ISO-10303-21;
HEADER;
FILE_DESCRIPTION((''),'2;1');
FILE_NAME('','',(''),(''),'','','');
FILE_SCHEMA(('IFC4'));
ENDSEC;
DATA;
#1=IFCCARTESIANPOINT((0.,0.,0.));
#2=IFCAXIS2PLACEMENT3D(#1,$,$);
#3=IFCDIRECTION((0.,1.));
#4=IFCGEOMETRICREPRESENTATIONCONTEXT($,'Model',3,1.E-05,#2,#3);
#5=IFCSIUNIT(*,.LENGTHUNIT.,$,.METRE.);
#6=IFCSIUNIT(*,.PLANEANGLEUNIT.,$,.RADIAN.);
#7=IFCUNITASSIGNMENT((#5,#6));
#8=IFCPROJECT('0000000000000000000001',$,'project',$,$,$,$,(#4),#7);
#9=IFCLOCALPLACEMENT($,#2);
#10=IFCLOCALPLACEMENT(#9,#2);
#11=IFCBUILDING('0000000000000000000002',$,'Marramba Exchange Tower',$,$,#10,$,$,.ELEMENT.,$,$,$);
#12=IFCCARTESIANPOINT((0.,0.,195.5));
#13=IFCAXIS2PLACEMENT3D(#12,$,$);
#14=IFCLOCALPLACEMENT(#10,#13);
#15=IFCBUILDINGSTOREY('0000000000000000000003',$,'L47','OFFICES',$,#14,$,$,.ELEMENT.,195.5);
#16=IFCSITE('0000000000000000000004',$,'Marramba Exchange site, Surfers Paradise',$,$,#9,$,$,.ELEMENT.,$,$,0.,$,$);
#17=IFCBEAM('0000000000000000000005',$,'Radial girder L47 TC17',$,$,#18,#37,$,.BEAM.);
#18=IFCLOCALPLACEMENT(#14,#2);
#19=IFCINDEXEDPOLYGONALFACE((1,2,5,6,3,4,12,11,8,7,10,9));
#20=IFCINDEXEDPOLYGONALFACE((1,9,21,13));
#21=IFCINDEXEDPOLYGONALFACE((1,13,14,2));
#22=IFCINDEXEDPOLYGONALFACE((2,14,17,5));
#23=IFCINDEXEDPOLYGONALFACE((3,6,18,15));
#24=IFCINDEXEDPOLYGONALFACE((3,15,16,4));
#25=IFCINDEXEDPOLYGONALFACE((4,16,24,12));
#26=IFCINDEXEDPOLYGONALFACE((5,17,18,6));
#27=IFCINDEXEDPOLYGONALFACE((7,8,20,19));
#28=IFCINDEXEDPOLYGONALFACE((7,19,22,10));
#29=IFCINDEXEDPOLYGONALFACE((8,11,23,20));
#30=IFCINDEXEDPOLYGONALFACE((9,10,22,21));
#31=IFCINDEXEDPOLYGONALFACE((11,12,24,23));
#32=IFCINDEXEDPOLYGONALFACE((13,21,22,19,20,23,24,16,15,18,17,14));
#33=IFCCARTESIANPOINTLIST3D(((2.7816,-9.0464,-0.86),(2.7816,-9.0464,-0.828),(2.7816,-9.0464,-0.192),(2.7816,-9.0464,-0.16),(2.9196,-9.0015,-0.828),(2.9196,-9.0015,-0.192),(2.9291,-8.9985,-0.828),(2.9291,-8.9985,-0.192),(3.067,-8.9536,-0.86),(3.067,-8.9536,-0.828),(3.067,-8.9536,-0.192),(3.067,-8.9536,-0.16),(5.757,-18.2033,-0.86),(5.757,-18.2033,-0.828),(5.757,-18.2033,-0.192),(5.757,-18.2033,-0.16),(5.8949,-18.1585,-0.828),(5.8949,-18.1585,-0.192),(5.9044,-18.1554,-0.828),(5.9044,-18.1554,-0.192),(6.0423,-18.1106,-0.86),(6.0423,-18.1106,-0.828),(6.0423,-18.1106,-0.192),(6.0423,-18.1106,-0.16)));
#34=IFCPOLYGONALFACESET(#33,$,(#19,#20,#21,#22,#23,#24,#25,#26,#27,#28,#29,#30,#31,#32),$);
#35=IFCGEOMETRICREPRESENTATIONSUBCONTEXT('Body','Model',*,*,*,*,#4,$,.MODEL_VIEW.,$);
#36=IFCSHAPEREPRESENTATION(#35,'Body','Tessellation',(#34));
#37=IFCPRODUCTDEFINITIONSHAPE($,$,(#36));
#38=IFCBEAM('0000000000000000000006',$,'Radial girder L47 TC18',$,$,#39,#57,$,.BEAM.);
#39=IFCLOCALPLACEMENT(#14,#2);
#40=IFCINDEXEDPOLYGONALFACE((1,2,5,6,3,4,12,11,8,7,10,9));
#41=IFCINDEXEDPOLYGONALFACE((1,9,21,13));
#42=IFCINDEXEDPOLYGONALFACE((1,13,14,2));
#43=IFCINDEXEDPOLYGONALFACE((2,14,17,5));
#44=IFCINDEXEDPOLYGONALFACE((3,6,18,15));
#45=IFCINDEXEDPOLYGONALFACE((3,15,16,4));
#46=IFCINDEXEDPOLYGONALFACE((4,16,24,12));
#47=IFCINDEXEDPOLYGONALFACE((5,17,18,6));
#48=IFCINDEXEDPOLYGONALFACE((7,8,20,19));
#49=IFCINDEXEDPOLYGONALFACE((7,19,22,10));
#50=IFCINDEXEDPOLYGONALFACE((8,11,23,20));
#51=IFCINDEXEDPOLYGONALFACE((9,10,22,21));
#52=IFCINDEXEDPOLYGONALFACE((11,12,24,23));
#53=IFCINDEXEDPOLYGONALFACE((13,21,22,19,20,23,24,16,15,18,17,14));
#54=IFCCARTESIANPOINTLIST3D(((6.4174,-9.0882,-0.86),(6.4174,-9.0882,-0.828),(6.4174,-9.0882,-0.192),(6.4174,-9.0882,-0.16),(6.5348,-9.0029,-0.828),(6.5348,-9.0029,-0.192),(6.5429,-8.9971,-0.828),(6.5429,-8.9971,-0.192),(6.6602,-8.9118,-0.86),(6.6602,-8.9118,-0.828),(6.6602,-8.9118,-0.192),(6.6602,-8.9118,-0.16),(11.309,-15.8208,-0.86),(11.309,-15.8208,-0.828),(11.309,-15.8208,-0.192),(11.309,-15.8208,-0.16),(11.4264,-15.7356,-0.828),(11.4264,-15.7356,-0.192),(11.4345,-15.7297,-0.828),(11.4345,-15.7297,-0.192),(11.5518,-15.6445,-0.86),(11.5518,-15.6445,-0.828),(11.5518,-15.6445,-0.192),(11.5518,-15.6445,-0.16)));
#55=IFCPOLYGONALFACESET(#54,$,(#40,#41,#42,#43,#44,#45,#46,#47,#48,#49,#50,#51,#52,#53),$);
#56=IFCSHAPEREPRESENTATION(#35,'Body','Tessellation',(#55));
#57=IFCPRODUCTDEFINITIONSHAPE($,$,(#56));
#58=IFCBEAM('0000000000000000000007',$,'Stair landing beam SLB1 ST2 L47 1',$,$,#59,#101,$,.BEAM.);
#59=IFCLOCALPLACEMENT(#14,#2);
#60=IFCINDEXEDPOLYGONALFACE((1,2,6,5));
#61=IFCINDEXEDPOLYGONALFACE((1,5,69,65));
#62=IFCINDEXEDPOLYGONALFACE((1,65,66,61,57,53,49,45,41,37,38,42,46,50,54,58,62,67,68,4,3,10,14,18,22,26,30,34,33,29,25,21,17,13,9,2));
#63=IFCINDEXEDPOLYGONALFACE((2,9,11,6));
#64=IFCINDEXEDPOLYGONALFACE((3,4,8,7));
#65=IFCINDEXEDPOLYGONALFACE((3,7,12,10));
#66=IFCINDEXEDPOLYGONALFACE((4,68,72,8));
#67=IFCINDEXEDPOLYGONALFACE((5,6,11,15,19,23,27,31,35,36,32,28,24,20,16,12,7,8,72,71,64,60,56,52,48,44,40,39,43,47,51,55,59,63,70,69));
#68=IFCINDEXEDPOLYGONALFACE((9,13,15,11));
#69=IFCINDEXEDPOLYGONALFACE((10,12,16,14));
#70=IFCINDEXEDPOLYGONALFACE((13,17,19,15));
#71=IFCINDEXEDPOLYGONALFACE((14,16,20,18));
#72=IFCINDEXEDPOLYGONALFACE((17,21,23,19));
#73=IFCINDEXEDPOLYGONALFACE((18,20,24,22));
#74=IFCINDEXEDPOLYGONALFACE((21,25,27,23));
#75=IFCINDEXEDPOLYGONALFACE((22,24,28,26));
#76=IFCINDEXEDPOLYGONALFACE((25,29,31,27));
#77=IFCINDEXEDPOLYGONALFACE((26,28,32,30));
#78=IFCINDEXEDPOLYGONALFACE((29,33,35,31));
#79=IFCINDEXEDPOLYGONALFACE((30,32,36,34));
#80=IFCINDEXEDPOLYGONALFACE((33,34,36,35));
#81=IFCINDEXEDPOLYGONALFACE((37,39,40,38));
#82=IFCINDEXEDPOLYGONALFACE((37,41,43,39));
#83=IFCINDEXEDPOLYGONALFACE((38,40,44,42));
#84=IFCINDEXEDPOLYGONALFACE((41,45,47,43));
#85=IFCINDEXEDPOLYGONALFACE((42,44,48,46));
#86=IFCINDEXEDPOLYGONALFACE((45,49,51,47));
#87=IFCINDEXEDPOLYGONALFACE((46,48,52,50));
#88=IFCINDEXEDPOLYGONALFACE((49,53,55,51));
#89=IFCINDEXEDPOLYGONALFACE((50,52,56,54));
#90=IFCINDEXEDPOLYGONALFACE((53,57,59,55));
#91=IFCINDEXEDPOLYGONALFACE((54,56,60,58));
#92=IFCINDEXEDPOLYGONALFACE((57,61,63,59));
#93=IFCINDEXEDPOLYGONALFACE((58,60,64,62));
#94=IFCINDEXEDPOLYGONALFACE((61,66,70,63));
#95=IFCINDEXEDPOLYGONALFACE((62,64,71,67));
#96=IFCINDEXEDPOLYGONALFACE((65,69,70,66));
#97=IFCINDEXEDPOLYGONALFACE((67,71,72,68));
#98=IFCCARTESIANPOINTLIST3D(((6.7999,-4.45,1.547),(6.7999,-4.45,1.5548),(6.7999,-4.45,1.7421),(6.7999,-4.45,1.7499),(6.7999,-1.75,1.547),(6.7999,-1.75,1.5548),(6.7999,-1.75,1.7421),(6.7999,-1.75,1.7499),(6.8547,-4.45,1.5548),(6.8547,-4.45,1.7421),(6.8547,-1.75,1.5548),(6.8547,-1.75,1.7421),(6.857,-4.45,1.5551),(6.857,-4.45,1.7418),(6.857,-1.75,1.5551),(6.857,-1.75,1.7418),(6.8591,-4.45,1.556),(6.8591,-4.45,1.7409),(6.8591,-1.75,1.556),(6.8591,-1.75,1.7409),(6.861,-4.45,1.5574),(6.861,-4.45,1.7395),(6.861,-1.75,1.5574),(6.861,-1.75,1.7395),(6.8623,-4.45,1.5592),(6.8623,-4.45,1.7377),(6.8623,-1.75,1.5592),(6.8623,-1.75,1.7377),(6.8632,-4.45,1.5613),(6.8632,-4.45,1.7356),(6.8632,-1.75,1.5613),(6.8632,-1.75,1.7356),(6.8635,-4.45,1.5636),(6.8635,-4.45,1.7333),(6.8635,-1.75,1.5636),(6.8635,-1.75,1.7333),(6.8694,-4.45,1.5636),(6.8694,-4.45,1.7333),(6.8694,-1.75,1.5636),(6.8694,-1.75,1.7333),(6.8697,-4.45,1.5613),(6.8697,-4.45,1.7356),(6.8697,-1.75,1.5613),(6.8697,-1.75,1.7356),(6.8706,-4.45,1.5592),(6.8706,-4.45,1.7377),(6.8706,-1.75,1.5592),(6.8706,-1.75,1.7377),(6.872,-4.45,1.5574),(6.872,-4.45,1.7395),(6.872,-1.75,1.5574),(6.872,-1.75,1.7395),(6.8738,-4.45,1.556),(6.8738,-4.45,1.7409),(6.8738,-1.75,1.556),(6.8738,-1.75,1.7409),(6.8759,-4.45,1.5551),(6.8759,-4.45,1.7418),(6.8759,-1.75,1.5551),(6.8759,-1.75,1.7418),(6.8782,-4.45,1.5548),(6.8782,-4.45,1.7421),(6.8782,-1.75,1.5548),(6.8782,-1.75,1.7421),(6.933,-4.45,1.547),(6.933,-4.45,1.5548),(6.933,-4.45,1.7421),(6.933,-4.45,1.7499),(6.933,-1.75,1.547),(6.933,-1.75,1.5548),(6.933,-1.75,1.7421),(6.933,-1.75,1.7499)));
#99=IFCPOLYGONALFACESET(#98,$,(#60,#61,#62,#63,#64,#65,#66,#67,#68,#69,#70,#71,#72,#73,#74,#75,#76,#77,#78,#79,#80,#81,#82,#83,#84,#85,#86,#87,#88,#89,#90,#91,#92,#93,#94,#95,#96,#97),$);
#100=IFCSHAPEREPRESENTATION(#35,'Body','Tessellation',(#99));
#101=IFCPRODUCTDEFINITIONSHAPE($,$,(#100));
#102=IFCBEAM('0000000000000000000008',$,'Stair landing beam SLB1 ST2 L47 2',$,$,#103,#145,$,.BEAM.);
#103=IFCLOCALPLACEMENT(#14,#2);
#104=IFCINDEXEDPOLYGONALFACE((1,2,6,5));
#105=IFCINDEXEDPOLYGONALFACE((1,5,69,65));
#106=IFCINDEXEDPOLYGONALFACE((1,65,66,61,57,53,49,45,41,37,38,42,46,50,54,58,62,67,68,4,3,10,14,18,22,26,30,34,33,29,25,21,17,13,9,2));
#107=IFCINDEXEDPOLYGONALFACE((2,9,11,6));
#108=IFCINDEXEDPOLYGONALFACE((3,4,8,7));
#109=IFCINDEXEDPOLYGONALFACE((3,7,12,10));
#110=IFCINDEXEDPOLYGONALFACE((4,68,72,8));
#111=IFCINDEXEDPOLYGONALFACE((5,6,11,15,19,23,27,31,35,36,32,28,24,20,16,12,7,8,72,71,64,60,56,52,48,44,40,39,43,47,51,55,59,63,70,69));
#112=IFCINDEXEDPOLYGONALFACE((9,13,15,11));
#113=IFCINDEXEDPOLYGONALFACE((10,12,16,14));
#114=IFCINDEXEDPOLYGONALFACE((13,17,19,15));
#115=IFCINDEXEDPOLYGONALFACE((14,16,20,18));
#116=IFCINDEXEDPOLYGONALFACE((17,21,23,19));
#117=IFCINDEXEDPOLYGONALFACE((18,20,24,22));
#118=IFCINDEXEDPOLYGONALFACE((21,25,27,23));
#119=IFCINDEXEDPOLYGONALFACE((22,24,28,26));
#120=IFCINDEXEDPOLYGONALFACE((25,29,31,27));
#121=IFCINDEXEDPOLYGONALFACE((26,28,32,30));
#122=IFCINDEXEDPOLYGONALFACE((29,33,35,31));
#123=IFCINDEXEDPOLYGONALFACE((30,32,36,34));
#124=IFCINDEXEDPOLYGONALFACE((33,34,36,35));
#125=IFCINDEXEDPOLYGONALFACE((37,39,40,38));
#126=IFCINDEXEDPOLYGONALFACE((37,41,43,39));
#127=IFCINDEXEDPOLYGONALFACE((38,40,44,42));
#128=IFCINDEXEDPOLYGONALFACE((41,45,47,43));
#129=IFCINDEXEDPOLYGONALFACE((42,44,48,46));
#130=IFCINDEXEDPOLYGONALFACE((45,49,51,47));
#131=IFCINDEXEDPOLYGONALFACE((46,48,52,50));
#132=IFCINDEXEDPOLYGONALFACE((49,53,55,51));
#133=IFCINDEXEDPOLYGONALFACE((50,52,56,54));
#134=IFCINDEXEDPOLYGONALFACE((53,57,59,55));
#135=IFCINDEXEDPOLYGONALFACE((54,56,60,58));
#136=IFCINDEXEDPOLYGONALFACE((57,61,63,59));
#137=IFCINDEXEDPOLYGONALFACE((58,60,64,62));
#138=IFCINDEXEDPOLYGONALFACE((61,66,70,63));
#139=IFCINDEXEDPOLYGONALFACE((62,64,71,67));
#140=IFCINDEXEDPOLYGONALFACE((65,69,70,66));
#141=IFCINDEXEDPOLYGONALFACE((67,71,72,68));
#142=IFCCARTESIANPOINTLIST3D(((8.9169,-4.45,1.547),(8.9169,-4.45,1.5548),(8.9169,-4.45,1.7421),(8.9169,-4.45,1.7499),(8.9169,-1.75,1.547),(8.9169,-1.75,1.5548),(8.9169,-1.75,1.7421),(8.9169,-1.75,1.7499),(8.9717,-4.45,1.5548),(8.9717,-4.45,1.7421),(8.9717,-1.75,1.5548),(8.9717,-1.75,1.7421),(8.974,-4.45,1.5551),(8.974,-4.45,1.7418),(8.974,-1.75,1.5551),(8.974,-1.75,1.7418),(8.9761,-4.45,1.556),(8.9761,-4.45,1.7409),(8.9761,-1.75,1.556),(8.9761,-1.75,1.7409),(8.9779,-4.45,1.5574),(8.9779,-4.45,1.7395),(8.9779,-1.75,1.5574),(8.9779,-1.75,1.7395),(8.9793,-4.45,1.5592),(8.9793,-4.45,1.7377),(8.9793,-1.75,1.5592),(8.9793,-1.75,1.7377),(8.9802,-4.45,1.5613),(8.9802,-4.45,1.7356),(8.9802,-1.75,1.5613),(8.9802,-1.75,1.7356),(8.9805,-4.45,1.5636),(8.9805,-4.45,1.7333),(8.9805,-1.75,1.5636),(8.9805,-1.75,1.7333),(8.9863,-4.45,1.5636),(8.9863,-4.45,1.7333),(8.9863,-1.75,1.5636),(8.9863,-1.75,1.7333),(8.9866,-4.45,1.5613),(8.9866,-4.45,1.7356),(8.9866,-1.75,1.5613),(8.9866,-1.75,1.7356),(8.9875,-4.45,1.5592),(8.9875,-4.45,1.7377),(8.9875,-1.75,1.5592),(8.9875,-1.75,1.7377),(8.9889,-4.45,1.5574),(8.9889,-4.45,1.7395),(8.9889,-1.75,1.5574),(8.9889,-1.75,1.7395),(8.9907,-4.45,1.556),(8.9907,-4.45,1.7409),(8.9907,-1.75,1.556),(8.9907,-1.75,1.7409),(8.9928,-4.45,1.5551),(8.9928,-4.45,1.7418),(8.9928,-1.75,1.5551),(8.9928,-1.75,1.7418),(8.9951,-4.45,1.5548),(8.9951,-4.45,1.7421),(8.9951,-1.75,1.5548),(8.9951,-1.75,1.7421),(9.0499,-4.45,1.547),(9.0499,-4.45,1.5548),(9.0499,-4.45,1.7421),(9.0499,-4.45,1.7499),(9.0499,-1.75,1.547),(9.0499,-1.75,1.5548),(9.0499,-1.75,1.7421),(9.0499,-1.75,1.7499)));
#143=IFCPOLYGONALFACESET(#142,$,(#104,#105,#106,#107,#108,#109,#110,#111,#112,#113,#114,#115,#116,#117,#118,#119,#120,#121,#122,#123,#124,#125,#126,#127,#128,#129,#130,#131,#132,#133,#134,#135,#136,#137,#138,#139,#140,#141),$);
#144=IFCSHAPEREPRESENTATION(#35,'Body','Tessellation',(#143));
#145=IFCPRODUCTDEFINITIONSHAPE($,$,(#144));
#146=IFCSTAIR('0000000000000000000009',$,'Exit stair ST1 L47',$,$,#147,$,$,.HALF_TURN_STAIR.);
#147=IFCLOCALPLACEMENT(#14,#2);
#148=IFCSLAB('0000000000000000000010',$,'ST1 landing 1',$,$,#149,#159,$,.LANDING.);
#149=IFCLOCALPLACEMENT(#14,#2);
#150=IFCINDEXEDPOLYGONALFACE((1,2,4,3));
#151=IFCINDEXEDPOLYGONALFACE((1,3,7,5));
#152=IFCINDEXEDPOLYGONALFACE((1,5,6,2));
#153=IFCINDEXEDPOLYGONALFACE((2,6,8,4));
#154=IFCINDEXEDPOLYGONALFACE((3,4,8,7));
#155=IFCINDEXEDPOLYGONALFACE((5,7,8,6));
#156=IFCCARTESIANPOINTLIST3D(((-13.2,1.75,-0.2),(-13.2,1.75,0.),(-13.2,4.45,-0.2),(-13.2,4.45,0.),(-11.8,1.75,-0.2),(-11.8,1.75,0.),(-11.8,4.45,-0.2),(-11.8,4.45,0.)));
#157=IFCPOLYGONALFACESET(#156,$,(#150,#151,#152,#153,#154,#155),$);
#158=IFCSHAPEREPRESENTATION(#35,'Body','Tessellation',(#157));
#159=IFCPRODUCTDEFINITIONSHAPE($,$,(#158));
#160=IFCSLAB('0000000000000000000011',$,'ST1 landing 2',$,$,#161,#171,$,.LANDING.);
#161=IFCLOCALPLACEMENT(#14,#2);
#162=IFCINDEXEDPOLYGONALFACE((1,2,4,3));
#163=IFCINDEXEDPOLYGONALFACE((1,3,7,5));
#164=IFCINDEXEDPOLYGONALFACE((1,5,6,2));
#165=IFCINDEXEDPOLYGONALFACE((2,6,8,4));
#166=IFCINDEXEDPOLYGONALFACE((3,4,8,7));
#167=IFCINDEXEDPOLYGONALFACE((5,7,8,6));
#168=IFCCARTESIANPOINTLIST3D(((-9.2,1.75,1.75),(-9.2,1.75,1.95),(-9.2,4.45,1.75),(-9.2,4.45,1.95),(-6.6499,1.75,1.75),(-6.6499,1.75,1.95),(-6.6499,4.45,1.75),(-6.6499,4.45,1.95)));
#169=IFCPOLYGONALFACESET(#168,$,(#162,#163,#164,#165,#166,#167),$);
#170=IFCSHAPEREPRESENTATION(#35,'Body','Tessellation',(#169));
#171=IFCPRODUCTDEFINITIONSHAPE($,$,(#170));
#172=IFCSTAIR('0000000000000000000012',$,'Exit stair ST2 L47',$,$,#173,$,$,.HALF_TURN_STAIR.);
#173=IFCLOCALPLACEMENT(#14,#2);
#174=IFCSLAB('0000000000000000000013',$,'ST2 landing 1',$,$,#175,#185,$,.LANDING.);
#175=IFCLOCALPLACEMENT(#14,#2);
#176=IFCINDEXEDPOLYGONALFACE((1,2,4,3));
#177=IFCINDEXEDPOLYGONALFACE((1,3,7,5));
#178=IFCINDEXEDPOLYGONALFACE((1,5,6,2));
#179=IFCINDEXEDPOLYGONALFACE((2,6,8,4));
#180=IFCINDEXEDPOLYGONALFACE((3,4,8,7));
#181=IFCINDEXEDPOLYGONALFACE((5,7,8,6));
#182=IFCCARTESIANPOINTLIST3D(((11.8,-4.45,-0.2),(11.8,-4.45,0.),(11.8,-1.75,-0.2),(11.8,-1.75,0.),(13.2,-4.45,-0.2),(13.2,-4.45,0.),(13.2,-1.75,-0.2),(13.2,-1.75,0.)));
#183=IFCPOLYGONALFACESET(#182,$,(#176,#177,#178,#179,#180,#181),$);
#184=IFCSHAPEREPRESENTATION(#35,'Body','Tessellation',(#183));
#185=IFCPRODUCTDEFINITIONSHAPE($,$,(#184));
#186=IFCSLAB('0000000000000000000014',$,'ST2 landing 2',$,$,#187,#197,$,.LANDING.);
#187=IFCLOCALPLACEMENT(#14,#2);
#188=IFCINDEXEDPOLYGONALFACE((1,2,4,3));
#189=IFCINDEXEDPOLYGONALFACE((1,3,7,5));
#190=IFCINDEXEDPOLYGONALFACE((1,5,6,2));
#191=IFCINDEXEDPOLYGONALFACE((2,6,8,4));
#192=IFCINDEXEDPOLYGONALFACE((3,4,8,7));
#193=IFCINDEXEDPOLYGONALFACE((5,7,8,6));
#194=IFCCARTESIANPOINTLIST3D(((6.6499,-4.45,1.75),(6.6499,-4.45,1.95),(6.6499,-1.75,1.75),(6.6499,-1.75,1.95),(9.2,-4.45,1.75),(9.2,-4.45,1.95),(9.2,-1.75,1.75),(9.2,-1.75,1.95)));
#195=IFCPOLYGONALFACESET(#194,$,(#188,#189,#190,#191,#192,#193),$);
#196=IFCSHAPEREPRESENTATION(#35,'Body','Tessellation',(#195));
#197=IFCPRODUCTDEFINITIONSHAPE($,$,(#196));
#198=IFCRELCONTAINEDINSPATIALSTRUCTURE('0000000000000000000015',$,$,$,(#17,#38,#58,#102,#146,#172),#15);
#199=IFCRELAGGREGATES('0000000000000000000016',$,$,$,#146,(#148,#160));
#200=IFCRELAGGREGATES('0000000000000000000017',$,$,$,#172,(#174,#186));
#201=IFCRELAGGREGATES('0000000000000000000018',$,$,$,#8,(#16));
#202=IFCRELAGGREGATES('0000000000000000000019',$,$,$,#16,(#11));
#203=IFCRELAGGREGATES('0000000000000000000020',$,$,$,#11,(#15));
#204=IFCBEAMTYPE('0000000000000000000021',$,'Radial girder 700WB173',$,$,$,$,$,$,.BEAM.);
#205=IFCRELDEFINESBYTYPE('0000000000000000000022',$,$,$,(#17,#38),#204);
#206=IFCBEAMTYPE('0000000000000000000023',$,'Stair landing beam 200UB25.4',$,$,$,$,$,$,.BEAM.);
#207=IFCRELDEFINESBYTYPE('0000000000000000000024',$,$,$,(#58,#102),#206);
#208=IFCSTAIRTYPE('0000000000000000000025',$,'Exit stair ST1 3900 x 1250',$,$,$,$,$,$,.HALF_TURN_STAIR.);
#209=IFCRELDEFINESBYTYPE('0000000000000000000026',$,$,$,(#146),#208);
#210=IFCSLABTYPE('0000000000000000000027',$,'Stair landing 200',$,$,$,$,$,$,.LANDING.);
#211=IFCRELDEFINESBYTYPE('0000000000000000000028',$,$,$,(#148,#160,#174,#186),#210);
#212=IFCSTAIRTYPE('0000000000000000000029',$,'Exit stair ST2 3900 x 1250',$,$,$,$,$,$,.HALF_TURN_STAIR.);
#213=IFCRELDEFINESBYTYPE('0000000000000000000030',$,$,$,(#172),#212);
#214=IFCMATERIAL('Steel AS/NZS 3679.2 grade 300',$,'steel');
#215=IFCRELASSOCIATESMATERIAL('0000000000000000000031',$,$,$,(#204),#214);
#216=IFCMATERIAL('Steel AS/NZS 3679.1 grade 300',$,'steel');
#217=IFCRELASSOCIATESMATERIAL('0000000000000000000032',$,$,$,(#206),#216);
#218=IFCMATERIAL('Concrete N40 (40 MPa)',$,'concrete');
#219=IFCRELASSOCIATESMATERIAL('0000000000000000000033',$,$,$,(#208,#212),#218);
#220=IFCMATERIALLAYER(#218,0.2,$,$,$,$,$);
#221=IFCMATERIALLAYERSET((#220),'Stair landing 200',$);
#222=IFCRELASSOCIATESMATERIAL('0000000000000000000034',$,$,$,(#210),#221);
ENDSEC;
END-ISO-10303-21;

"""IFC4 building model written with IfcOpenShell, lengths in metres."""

from ifc_helpers import new_model, si_unit, direction, frame, origin, origin_2d, place, context, subcontext, project, spatial, polyline, i_section, outline, extrude, material, layer, layer_set, material_profile, profile_set, type_object, element, aggregate, save


model = new_model("IFC4")

# Units and contexts
model_context = context("Model", 3, precision=1e-05, world=origin(), true_north=direction((0.0, 1.0)))
body_context = subcontext(model_context, "Body", "Model", "MODEL_VIEW")
ifc_project = project(units=[si_unit("LENGTHUNIT", "METRE"), si_unit("PLANEANGLEUNIT", "RADIAN")], contexts=[model_context])

# Site, building, storey
site_placement = place(None, origin())
site = spatial("IfcSite", under=ifc_project, at=site_placement, Name="Marramba Exchange site, Surfers Paradise", CompositionType="ELEMENT", RefElevation=0.0)
building_placement = place(site_placement, origin())
building = spatial("IfcBuilding", under=site, at=building_placement, Name="Marramba Exchange Tower", CompositionType="ELEMENT")
storey_placement = place(building_placement, frame((0.0, 0.0, 195.5)))
storey = spatial("IfcBuildingStorey", under=building, at=storey_placement, Name="L47", Description="OFFICES", CompositionType="ELEMENT", Elevation=195.5)

# Beams
ifc_material_1 = material(Name="Steel AS/NZS 3679.2 grade 300", Category="steel")
ifc_material_profile_1 = material_profile(ifc_material_1, i_section(OverallWidth=0.3, OverallDepth=0.7, WebThickness=0.01, FlangeThickness=0.032, at=origin_2d()), Name="700WB173")
ifc_profile_set_1 = profile_set([ifc_material_profile_1], Name="Steel AS/NZS 3679.2 grade 300")
beam_type_1 = type_object("IfcBeamType", Name="Radial girder 700WB173", PredefinedType="BEAM", material=ifc_profile_set_1)
beam_1_placement = place(storey_placement, frame((2.9243, -9.0, -0.51), z_axis=(0.309022, -0.951055, 0.0), x_axis=(0.951055, 0.309022, 0.0)))
element("IfcBeam", 1, at=beam_1_placement, inside=storey, type_object=beam_type_1, Name="Radial girder L47 TC17", PredefinedType="BEAM", context=body_context, shape_type="SweptSolid", body=[
    extrude(i_section(OverallWidth=0.3, OverallDepth=0.7, WebThickness=0.01, FlangeThickness=0.032, at=origin_2d()), origin(), (0.0, 0.0, 1.0), 9.6282),
])
beam_2_placement = place(storey_placement, frame((6.5388, -9.0, -0.51), z_axis=(0.587788, -0.809015, 0.0), x_axis=(0.809015, 0.587788, 0.0)))
element("IfcBeam", 2, at=beam_2_placement, inside=storey, type_object=beam_type_1, Name="Radial girder L47 TC18", PredefinedType="BEAM", context=body_context, shape_type="SweptSolid", body=[
    extrude(i_section(OverallWidth=0.3, OverallDepth=0.7, WebThickness=0.01, FlangeThickness=0.032, at=origin_2d()), origin(), (0.0, 0.0, 1.0), 8.322),
])
ifc_material_2 = material(Name="Steel AS/NZS 3679.1 grade 300", Category="steel")
ifc_material_profile_2 = material_profile(ifc_material_2, i_section(OverallWidth=0.1331, OverallDepth=0.2029, WebThickness=0.0059, FlangeThickness=0.0078, FilletRadius=0.0088, at=origin_2d()), Name="200UB25.4")
ifc_profile_set_2 = profile_set([ifc_material_profile_2], Name="Steel AS/NZS 3679.1 grade 300")
beam_type_2 = type_object("IfcBeamType", Name="Stair landing beam 200UB25.4", PredefinedType="BEAM", material=ifc_profile_set_2)
for number, where, z_axis, x_axis, name in (
    (3, (6.8665, -4.45, 1.6484), (0.0, 1.0, 0.0), (-1.0, 0.0, 0.0), "Stair landing beam SLB1 ST2 L47 1"),
    (4, (8.9834, -4.45, 1.6484), (0.0, 1.0, 0.0), (-1.0, 0.0, 0.0), "Stair landing beam SLB1 ST2 L47 2"),
):
    element("IfcBeam", number, at=place(storey_placement, frame(where, z_axis=z_axis, x_axis=x_axis)), inside=storey, type_object=beam_type_2, Name=name, PredefinedType="BEAM", context=body_context, shape_type="SweptSolid", body=[
        extrude(i_section(OverallWidth=0.1331, OverallDepth=0.2029, WebThickness=0.0059, FlangeThickness=0.0078, FilletRadius=0.0088, at=origin_2d()), origin(), (0.0, 0.0, 1.0), 2.7),
    ])

# Stairs, slabs
ifc_material_3 = material(Name="Concrete N40 (40 MPa)", Category="concrete")
stair_type_1 = type_object("IfcStairType", Name="Exit stair ST1 3900 x 1250", PredefinedType="HALF_TURN_STAIR", material=ifc_material_3)
stair_1_placement = place(storey_placement, origin())
stair_1 = element("IfcStair", 5, at=stair_1_placement, inside=storey, type_object=stair_type_1, Name="Exit stair ST1 L47", PredefinedType="HALF_TURN_STAIR")
ifc_layer_1 = layer(ifc_material_3, 0.2)
ifc_layer_set_1 = layer_set([ifc_layer_1], Name="Stair landing 200")
slab_type = type_object("IfcSlabType", Name="Stair landing 200", PredefinedType="LANDING", material=ifc_layer_set_1)
slab_1_placement = place(storey_placement, frame((0.0, 0.0, -0.2)))
slab_1 = element("IfcSlab", 6, at=slab_1_placement, type_object=slab_type, Name="ST1 landing 1", PredefinedType="LANDING", context=body_context, shape_type="SweptSolid", body=[
    extrude(outline(polyline([(-13.2, 1.75), (-11.8, 1.75), (-11.8, 4.45), (-13.2, 4.45), (-13.2, 1.75)])), origin(), (0.0, 0.0, 1.0), 0.2),
])
slab_2_placement = place(storey_placement, frame((0.0, 0.0, 1.75)))
slab_2 = element("IfcSlab", 7, at=slab_2_placement, type_object=slab_type, Name="ST1 landing 2", PredefinedType="LANDING", context=body_context, shape_type="SweptSolid", body=[
    extrude(outline(polyline([(-9.2, 1.75), (-6.6499, 1.75), (-6.6499, 4.45), (-9.2, 4.45), (-9.2, 1.75)])), origin(), (0.0, 0.0, 1.0), 0.2),
])
aggregate(stair_1, [slab_1, slab_2])
stair_type_2 = type_object("IfcStairType", Name="Exit stair ST2 3900 x 1250", PredefinedType="HALF_TURN_STAIR", material=ifc_material_3)
stair_2_placement = place(storey_placement, origin())
stair_2 = element("IfcStair", 8, at=stair_2_placement, inside=storey, type_object=stair_type_2, Name="Exit stair ST2 L47", PredefinedType="HALF_TURN_STAIR")
slab_3_placement = place(storey_placement, frame((0.0, 0.0, -0.2)))
slab_3 = element("IfcSlab", 9, at=slab_3_placement, type_object=slab_type, Name="ST2 landing 1", PredefinedType="LANDING", context=body_context, shape_type="SweptSolid", body=[
    extrude(outline(polyline([(11.8, -4.45), (13.2, -4.45), (13.2, -1.75), (11.8, -1.75), (11.8, -4.45)])), origin(), (0.0, 0.0, 1.0), 0.2),
])
slab_4_placement = place(storey_placement, frame((0.0, 0.0, 1.75)))
slab_4 = element("IfcSlab", 10, at=slab_4_placement, type_object=slab_type, Name="ST2 landing 2", PredefinedType="LANDING", context=body_context, shape_type="SweptSolid", body=[
    extrude(outline(polyline([(6.6499, -4.45), (9.2, -4.45), (9.2, -1.75), (6.6499, -1.75), (6.6499, -4.45)])), origin(), (0.0, 0.0, 1.0), 0.2),
])

aggregate(stair_2, [slab_3, slab_4])

save(model, "model.ifc")
